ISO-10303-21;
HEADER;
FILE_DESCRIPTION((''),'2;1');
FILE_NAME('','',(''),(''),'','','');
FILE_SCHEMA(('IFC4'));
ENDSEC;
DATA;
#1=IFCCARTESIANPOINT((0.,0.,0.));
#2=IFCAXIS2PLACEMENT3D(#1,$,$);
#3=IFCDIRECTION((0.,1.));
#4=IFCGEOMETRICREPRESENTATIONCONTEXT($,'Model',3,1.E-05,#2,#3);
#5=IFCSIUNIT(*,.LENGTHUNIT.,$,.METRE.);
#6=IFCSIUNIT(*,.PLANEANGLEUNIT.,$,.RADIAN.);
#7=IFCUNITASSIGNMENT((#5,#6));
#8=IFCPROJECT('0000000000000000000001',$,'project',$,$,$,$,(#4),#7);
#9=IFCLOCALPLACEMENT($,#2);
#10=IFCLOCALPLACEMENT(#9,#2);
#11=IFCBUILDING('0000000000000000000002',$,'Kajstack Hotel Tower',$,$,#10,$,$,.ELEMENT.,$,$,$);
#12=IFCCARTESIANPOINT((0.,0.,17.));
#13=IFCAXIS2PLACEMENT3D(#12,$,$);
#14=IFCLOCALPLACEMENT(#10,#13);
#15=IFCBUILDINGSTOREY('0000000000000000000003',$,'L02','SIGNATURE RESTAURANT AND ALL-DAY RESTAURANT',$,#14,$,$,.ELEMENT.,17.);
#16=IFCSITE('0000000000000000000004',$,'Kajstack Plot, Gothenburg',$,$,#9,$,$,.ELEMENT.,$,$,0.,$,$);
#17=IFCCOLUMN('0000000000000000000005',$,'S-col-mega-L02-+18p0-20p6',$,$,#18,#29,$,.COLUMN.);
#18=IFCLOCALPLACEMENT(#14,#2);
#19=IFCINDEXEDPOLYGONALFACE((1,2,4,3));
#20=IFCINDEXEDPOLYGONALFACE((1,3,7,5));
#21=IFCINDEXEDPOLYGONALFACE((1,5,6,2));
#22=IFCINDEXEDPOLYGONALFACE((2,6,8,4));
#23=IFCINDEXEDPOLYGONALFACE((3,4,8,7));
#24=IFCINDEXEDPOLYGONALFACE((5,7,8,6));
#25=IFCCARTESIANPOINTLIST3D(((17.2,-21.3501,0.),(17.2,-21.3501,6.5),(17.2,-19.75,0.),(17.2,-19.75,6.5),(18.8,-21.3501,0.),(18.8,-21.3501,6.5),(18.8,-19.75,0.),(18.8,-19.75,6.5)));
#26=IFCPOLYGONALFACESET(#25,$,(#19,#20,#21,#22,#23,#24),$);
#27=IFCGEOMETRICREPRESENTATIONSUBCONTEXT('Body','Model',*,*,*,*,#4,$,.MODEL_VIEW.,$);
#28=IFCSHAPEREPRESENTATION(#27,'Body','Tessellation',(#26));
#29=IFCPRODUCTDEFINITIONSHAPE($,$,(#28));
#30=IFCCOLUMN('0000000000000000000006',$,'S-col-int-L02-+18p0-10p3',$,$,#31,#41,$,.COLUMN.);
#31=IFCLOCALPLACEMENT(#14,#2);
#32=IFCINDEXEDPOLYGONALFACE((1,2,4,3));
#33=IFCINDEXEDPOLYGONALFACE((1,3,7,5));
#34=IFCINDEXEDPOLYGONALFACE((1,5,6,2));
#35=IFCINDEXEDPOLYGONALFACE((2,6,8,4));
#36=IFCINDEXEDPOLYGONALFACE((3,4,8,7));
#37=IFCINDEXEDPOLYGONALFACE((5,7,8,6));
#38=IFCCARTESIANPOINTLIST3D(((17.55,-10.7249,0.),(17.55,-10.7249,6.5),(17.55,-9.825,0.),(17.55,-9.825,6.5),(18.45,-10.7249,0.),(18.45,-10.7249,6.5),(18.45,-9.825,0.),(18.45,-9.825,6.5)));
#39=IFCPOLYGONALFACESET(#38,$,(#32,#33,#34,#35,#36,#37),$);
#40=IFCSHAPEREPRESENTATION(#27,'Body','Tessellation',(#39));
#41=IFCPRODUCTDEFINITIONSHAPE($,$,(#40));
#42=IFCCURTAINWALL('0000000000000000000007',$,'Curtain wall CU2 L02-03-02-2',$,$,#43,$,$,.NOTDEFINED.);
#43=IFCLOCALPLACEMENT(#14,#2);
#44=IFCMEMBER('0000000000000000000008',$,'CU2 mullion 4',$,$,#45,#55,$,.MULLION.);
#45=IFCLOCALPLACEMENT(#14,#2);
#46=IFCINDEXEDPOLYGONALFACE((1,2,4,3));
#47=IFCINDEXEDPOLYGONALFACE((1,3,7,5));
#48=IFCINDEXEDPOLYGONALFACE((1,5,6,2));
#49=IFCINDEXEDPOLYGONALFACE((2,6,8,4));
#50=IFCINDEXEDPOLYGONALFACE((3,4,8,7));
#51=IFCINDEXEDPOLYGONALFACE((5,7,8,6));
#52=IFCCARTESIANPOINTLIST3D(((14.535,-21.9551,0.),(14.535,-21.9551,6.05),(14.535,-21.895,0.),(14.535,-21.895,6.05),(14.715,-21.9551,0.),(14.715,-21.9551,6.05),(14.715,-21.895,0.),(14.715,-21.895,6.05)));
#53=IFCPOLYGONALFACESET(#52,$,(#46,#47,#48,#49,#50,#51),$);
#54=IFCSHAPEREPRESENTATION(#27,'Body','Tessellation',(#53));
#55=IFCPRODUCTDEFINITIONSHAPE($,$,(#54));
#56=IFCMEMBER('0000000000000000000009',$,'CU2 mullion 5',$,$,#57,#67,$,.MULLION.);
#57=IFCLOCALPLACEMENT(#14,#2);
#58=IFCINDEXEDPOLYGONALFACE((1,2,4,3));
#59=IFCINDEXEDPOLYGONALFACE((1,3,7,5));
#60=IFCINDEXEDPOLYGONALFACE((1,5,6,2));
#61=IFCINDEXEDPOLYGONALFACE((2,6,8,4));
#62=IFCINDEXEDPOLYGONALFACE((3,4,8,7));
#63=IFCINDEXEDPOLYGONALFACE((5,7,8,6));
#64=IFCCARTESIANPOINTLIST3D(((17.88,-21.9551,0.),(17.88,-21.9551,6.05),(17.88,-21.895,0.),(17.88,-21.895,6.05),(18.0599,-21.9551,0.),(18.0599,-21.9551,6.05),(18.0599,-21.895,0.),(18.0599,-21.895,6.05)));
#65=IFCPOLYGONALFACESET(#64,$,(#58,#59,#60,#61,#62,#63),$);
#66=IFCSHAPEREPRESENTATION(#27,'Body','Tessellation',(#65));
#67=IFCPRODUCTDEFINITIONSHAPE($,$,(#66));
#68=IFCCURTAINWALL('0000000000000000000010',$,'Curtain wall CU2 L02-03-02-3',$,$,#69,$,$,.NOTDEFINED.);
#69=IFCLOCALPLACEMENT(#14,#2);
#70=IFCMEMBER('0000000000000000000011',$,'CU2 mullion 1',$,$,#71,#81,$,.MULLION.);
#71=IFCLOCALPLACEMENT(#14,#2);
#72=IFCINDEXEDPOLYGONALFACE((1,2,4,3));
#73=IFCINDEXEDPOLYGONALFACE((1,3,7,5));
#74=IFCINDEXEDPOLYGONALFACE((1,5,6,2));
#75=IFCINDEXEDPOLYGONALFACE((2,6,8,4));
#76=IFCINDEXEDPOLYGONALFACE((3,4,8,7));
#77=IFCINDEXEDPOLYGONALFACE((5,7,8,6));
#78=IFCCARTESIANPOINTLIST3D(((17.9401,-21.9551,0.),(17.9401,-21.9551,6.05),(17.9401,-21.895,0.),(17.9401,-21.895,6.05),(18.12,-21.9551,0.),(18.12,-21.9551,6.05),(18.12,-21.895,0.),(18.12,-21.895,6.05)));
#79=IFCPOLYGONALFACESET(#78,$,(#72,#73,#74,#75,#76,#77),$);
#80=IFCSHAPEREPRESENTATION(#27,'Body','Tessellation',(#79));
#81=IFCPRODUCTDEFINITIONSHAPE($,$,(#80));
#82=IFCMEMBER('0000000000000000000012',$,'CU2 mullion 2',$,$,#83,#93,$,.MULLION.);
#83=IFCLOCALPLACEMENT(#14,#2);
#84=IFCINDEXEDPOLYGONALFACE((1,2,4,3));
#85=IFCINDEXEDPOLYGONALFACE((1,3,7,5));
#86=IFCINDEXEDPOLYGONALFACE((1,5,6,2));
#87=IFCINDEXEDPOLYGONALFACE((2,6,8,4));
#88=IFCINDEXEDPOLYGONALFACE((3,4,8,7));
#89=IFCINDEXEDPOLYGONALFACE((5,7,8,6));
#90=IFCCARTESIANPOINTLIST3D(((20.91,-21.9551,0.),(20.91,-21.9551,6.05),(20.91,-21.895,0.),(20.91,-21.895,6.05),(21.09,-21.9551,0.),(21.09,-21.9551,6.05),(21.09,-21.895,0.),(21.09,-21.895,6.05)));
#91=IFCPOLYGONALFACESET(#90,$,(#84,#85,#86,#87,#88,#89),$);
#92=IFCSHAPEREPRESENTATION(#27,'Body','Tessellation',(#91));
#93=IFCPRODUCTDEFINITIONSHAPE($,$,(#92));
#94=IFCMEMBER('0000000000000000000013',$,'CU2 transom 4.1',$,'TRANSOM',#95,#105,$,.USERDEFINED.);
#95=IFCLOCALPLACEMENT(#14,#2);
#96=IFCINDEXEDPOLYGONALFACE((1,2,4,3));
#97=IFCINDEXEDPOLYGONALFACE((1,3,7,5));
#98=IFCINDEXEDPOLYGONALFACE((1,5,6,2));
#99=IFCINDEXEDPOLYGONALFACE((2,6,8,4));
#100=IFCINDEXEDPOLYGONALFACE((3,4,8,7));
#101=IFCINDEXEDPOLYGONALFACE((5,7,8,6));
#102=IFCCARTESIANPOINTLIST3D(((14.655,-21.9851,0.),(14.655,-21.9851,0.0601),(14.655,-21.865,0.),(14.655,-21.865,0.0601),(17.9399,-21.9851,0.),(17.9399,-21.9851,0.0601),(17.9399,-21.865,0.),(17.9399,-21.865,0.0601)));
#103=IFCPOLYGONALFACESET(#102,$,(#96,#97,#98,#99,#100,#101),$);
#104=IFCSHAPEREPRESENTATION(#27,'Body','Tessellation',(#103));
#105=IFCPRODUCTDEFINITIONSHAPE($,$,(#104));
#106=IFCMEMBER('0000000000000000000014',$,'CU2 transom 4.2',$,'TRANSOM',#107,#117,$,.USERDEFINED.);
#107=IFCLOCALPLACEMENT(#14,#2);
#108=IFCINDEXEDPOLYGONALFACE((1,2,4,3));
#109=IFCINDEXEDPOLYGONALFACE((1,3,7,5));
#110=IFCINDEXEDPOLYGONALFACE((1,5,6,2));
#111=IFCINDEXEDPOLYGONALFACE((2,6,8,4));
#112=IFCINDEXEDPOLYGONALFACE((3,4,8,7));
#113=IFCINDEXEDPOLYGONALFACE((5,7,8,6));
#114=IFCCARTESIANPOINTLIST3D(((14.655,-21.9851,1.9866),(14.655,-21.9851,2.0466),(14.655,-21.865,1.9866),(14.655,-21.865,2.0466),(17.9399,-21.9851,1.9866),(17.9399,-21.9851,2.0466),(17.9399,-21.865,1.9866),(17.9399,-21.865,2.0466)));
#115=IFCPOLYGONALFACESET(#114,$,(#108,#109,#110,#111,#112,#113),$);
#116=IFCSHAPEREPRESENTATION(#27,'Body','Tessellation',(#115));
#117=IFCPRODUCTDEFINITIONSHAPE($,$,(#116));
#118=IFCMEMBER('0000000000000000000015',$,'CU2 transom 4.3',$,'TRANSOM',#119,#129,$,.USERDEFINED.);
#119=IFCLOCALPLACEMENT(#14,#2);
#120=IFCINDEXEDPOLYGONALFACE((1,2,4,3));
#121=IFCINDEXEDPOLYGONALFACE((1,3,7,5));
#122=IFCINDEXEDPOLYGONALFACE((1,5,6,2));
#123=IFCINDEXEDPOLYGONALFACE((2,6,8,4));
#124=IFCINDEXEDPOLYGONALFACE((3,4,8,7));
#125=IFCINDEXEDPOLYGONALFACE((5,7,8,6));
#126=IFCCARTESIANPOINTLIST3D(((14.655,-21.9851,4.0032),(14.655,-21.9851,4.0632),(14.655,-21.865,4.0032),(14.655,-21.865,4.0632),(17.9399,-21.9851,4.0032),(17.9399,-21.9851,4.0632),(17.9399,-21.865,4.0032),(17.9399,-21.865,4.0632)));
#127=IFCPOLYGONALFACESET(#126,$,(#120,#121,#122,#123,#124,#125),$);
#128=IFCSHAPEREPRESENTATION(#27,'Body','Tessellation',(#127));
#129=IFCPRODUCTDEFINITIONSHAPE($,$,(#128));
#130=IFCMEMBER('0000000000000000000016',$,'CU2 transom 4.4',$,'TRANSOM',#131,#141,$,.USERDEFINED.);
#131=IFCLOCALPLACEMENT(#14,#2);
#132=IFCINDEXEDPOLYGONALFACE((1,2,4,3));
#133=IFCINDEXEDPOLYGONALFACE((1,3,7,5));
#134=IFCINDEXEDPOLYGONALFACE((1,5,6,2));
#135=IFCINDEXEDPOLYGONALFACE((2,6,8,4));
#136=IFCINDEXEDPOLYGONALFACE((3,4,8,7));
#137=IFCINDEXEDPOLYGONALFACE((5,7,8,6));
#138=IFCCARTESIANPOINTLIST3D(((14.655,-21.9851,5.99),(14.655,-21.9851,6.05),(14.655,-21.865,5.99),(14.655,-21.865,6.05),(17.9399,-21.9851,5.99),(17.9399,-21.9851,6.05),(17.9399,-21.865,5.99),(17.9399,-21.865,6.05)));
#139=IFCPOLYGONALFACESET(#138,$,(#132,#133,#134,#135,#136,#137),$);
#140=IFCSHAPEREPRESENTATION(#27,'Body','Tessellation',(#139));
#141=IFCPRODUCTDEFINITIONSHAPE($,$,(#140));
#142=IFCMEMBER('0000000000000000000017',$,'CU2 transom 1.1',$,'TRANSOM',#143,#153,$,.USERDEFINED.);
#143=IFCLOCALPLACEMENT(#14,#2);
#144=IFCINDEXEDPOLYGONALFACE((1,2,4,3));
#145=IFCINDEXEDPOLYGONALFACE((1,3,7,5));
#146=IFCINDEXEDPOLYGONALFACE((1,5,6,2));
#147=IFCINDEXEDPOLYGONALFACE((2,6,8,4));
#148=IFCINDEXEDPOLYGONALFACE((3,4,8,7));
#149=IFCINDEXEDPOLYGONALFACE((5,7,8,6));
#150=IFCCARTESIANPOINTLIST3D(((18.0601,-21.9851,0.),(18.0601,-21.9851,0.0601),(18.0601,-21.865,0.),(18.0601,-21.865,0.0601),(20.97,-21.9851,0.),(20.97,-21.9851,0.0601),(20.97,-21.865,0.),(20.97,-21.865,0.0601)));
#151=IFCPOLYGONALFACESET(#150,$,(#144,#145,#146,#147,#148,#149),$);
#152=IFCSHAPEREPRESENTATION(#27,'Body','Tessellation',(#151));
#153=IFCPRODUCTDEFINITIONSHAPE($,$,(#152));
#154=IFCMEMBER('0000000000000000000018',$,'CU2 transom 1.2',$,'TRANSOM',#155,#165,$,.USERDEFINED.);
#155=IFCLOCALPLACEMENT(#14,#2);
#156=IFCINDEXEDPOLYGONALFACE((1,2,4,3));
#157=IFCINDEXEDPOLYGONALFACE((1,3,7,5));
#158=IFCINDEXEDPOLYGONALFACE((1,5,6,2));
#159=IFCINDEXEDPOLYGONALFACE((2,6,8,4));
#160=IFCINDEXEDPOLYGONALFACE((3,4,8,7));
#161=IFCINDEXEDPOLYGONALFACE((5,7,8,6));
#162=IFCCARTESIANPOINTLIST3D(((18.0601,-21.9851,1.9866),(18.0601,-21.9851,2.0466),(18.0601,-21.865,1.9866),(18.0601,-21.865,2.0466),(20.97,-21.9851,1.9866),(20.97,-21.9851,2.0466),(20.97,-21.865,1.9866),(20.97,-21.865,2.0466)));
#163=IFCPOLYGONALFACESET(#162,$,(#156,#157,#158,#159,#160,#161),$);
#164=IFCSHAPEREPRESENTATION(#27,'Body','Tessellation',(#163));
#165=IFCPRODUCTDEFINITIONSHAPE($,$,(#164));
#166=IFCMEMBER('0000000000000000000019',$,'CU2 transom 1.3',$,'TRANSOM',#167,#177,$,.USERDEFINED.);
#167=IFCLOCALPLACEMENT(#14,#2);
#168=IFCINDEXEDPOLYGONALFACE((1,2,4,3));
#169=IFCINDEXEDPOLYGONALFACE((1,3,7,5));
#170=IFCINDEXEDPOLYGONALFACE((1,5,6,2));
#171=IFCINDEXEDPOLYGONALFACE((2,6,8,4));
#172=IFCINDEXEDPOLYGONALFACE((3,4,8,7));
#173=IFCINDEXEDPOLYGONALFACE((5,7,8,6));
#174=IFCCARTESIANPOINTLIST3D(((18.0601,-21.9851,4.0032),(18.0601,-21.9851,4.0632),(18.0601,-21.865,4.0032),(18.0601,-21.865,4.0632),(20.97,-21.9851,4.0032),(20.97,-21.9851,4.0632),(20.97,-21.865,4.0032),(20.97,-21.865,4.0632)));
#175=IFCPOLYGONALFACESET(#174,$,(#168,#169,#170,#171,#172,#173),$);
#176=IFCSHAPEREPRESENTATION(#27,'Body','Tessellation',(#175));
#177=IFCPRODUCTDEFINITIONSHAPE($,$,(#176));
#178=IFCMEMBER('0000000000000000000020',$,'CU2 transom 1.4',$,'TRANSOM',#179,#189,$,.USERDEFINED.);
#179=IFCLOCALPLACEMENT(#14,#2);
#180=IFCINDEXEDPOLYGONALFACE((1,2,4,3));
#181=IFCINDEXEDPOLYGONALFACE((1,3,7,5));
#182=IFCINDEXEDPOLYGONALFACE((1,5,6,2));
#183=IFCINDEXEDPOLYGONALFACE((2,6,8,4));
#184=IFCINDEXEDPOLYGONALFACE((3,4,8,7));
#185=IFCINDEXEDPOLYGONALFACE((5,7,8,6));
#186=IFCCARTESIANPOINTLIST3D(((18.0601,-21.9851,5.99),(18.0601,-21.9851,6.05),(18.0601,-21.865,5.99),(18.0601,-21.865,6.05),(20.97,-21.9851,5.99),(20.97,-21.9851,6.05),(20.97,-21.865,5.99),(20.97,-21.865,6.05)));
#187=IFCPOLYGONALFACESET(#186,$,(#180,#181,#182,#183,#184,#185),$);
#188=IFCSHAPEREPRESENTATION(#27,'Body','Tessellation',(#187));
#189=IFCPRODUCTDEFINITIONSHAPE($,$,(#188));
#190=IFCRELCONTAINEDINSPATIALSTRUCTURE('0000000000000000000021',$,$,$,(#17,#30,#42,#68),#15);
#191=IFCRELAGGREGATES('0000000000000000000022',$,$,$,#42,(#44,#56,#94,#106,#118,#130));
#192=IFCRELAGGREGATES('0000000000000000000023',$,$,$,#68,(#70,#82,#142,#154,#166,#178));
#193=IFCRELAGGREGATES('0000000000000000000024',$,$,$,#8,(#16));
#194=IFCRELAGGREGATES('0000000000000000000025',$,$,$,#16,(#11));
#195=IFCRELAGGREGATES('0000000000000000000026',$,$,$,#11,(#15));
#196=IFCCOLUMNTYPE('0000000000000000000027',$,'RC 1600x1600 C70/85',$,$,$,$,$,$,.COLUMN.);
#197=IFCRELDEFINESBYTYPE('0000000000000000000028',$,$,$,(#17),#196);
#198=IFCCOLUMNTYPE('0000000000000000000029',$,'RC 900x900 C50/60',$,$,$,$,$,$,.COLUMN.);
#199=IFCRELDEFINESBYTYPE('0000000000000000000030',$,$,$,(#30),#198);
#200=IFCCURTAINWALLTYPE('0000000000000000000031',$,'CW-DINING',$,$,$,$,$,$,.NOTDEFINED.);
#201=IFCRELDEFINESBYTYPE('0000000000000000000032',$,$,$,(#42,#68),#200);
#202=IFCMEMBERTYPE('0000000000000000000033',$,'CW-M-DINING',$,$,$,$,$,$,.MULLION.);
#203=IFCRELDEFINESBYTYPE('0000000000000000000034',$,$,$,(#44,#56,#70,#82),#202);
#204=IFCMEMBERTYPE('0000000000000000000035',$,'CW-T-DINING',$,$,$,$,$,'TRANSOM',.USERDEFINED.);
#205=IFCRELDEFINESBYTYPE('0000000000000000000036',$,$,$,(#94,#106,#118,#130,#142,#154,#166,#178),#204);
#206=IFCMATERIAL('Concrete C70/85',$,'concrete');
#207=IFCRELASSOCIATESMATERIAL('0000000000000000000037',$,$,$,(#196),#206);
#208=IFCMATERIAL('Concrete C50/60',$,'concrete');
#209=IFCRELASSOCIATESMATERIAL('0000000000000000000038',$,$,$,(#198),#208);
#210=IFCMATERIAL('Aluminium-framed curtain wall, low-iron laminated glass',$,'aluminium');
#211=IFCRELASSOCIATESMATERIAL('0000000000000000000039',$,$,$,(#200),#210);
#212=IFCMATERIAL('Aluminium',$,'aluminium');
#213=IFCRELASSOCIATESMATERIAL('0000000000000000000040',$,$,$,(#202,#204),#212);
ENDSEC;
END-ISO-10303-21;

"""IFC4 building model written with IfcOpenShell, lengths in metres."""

from ifc_helpers import new_model, si_unit, direction, frame, origin, origin_2d, place, context, subcontext, project, spatial, rectangle, extrude, material, material_profile, profile_set, type_object, element, aggregate, save


model = new_model("IFC4")

# Units and contexts
model_context = context("Model", 3, precision=1e-05, world=origin(), true_north=direction((0.0, 1.0)))
body_context = subcontext(model_context, "Body", "Model", "MODEL_VIEW")
ifc_project = project(units=[si_unit("LENGTHUNIT", "METRE"), si_unit("PLANEANGLEUNIT", "RADIAN")], contexts=[model_context])

# Site, building, storey
site_placement = place(None, origin())
site = spatial("IfcSite", under=ifc_project, at=site_placement, Name="Kajstack Plot, Gothenburg", CompositionType="ELEMENT", RefElevation=0.0)
building_placement = place(site_placement, origin())
building = spatial("IfcBuilding", under=site, at=building_placement, Name="Kajstack Hotel Tower", CompositionType="ELEMENT")
storey_placement = place(building_placement, frame((0.0, 0.0, 17.0)))
storey = spatial("IfcBuildingStorey", under=building, at=storey_placement, Name="L02", Description="SIGNATURE RESTAURANT AND ALL-DAY RESTAURANT", CompositionType="ELEMENT", Elevation=17.0)

# Columns
ifc_material_1 = material(Name="Concrete C70/85", Category="concrete")
ifc_material_profile_1 = material_profile(ifc_material_1, rectangle(XDim=1.6001, YDim=1.6001, at=origin_2d()), Name="RC 1600x1600")
ifc_profile_set_1 = profile_set([ifc_material_profile_1], Name="Concrete C70/85")
column_type_1 = type_object("IfcColumnType", Name="RC 1600x1600 C70/85", PredefinedType="COLUMN", material=ifc_profile_set_1)
column_1_placement = place(storey_placement, frame((18.0, -20.55, 0.0), z_axis=(0.0, 0.0, 1.0), x_axis=(1.0, 0.0, 0.0)))
element("IfcColumn", 1, at=column_1_placement, inside=storey, type_object=column_type_1, Name="S-col-mega-L02-+18p0-20p6", PredefinedType="COLUMN", context=body_context, shape_type="SweptSolid", body=[
    extrude(rectangle(XDim=1.6001, YDim=1.6001, at=origin_2d()), origin(), (0.0, 0.0, 1.0), 6.5),
])
ifc_material_2 = material(Name="Concrete C50/60", Category="concrete")
ifc_material_profile_2 = material_profile(ifc_material_2, rectangle(XDim=0.8999, YDim=0.8999, at=origin_2d()), Name="RC 900x900")
ifc_profile_set_2 = profile_set([ifc_material_profile_2], Name="Concrete C50/60")
column_type_2 = type_object("IfcColumnType", Name="RC 900x900 C50/60", PredefinedType="COLUMN", material=ifc_profile_set_2)
column_2_placement = place(storey_placement, frame((18.0, -10.2749, 0.0), z_axis=(0.0, 0.0, 1.0), x_axis=(1.0, 0.0, 0.0)))
element("IfcColumn", 2, at=column_2_placement, inside=storey, type_object=column_type_2, Name="S-col-int-L02-+18p0-10p3", PredefinedType="COLUMN", context=body_context, shape_type="SweptSolid", body=[
    extrude(rectangle(XDim=0.8999, YDim=0.8999, at=origin_2d()), origin(), (0.0, 0.0, 1.0), 6.5),
])

# Curtain walls, members
ifc_material_3 = material(Name="Aluminium-framed curtain wall, low-iron laminated glass", Category="aluminium")
curtain_wall_type = type_object("IfcCurtainWallType", Name="CW-DINING", PredefinedType="NOTDEFINED", material=ifc_material_3)
curtain_wall_1_placement = place(storey_placement, origin())
curtain_wall_1 = element("IfcCurtainWall", 3, at=curtain_wall_1_placement, inside=storey, type_object=curtain_wall_type, Name="Curtain wall CU2 L02-03-02-2", PredefinedType="NOTDEFINED")
ifc_material_4 = material(Name="Aluminium", Category="aluminium")
ifc_material_profile_3 = material_profile(ifc_material_4, rectangle(XDim=0.0601, YDim=0.1799, at=origin_2d()), Name="Aluminium mullion 60 x 180")
ifc_profile_set_3 = profile_set([ifc_material_profile_3], Name="Aluminium")
member_type_1 = type_object("IfcMemberType", Name="CW-M-DINING", PredefinedType="MULLION", material=ifc_profile_set_3)
member_1_placement = place(storey_placement, frame((14.625, -21.925, 0.0), z_axis=(0.0, 0.0, 1.0), x_axis=(0.0, 1.0, 0.0)))
member_1 = element("IfcMember", 4, at=member_1_placement, type_object=member_type_1, Name="CU2 mullion 4", PredefinedType="MULLION", context=body_context, shape_type="SweptSolid", body=[
    extrude(rectangle(XDim=0.0601, YDim=0.1799, at=origin_2d()), origin(), (0.0, 0.0, 1.0), 6.05),
])
member_2_placement = place(storey_placement, frame((17.97, -21.925, 0.0), z_axis=(0.0, 0.0, 1.0), x_axis=(0.0, 1.0, 0.0)))
member_2 = element("IfcMember", 5, at=member_2_placement, type_object=member_type_1, Name="CU2 mullion 5", PredefinedType="MULLION", context=body_context, shape_type="SweptSolid", body=[
    extrude(rectangle(XDim=0.0601, YDim=0.1799, at=origin_2d()), origin(), (0.0, 0.0, 1.0), 6.05),
])
curtain_wall_2_placement = place(storey_placement, origin())
curtain_wall_2 = element("IfcCurtainWall", 6, at=curtain_wall_2_placement, inside=storey, type_object=curtain_wall_type, Name="Curtain wall CU2 L02-03-02-3", PredefinedType="NOTDEFINED")
member_3_placement = place(storey_placement, frame((18.03, -21.925, 0.0), z_axis=(0.0, 0.0, 1.0), x_axis=(0.0, 1.0, 0.0)))
member_3 = element("IfcMember", 7, at=member_3_placement, type_object=member_type_1, Name="CU2 mullion 1", PredefinedType="MULLION", context=body_context, shape_type="SweptSolid", body=[
    extrude(rectangle(XDim=0.0601, YDim=0.1799, at=origin_2d()), origin(), (0.0, 0.0, 1.0), 6.05),
])
member_4_placement = place(storey_placement, frame((21.0, -21.925, 0.0), z_axis=(0.0, 0.0, 1.0), x_axis=(0.0, 1.0, 0.0)))
member_4 = element("IfcMember", 8, at=member_4_placement, type_object=member_type_1, Name="CU2 mullion 2", PredefinedType="MULLION", context=body_context, shape_type="SweptSolid", body=[
    extrude(rectangle(XDim=0.0601, YDim=0.1799, at=origin_2d()), origin(), (0.0, 0.0, 1.0), 6.05),
])

# Members
ifc_material_profile_4 = material_profile(ifc_material_4, rectangle(XDim=0.1201, YDim=0.0601, at=origin_2d()), Name="Aluminium transom 120 x 60")
ifc_profile_set_4 = profile_set([ifc_material_profile_4], Name="Aluminium")
member_type_2 = type_object("IfcMemberType", Name="CW-T-DINING", ElementType="TRANSOM", PredefinedType="USERDEFINED", material=ifc_profile_set_4)
member_5_placement = place(storey_placement, frame((14.655, -21.925, 0.03), z_axis=(1.0, 0.0, 0.0), x_axis=(0.0, 1.0, 0.0)))
member_5 = element("IfcMember", 9, at=member_5_placement, type_object=member_type_2, Name="CU2 transom 4.1", ObjectType="TRANSOM", PredefinedType="USERDEFINED", context=body_context, shape_type="SweptSolid", body=[
    extrude(rectangle(XDim=0.1201, YDim=0.0601, at=origin_2d()), origin(), (0.0, 0.0, 1.0), 3.2849),
])
member_6_placement = place(storey_placement, frame((14.655, -21.925, 2.0166), z_axis=(1.0, 0.0, 0.0), x_axis=(0.0, 1.0, 0.0)))
member_6 = element("IfcMember", 10, at=member_6_placement, type_object=member_type_2, Name="CU2 transom 4.2", ObjectType="TRANSOM", PredefinedType="USERDEFINED", context=body_context, shape_type="SweptSolid", body=[
    extrude(rectangle(XDim=0.1201, YDim=0.0601, at=origin_2d()), origin(), (0.0, 0.0, 1.0), 3.2849),
])
member_7_placement = place(storey_placement, frame((14.655, -21.925, 4.0332), z_axis=(1.0, 0.0, 0.0), x_axis=(0.0, 1.0, 0.0)))
member_7 = element("IfcMember", 11, at=member_7_placement, type_object=member_type_2, Name="CU2 transom 4.3", ObjectType="TRANSOM", PredefinedType="USERDEFINED", context=body_context, shape_type="SweptSolid", body=[
    extrude(rectangle(XDim=0.1201, YDim=0.0601, at=origin_2d()), origin(), (0.0, 0.0, 1.0), 3.2849),
])
member_8_placement = place(storey_placement, frame((14.655, -21.925, 6.02), z_axis=(1.0, 0.0, 0.0), x_axis=(0.0, 1.0, 0.0)))
member_8 = element("IfcMember", 12, at=member_8_placement, type_object=member_type_2, Name="CU2 transom 4.4", ObjectType="TRANSOM", PredefinedType="USERDEFINED", context=body_context, shape_type="SweptSolid", body=[
    extrude(rectangle(XDim=0.1201, YDim=0.0601, at=origin_2d()), origin(), (0.0, 0.0, 1.0), 3.2849),
])
member_9_placement = place(storey_placement, frame((18.0601, -21.925, 0.03), z_axis=(1.0, 0.0, 0.0), x_axis=(0.0, 1.0, 0.0)))
member_9 = element("IfcMember", 13, at=member_9_placement, type_object=member_type_2, Name="CU2 transom 1.1", ObjectType="TRANSOM", PredefinedType="USERDEFINED", context=body_context, shape_type="SweptSolid", body=[
    extrude(rectangle(XDim=0.1201, YDim=0.0601, at=origin_2d()), origin(), (0.0, 0.0, 1.0), 2.9099),
])
member_10_placement = place(storey_placement, frame((18.0601, -21.925, 2.0166), z_axis=(1.0, 0.0, 0.0), x_axis=(0.0, 1.0, 0.0)))
member_10 = element("IfcMember", 14, at=member_10_placement, type_object=member_type_2, Name="CU2 transom 1.2", ObjectType="TRANSOM", PredefinedType="USERDEFINED", context=body_context, shape_type="SweptSolid", body=[
    extrude(rectangle(XDim=0.1201, YDim=0.0601, at=origin_2d()), origin(), (0.0, 0.0, 1.0), 2.9099),
])
member_11_placement = place(storey_placement, frame((18.0601, -21.925, 4.0332), z_axis=(1.0, 0.0, 0.0), x_axis=(0.0, 1.0, 0.0)))
member_11 = element("IfcMember", 15, at=member_11_placement, type_object=member_type_2, Name="CU2 transom 1.3", ObjectType="TRANSOM", PredefinedType="USERDEFINED", context=body_context, shape_type="SweptSolid", body=[
    extrude(rectangle(XDim=0.1201, YDim=0.0601, at=origin_2d()), origin(), (0.0, 0.0, 1.0), 2.9099),
])
member_12_placement = place(storey_placement, frame((18.0601, -21.925, 6.02), z_axis=(1.0, 0.0, 0.0), x_axis=(0.0, 1.0, 0.0)))
member_12 = element("IfcMember", 16, at=member_12_placement, type_object=member_type_2, Name="CU2 transom 1.4", ObjectType="TRANSOM", PredefinedType="USERDEFINED", context=body_context, shape_type="SweptSolid", body=[
    extrude(rectangle(XDim=0.1201, YDim=0.0601, at=origin_2d()), origin(), (0.0, 0.0, 1.0), 2.9099),
])

aggregate(curtain_wall_1, [member_1, member_2, member_5, member_6, member_7, member_8])
aggregate(curtain_wall_2, [member_3, member_4, member_9, member_10, member_11, member_12])

save(model, "model.ifc")
